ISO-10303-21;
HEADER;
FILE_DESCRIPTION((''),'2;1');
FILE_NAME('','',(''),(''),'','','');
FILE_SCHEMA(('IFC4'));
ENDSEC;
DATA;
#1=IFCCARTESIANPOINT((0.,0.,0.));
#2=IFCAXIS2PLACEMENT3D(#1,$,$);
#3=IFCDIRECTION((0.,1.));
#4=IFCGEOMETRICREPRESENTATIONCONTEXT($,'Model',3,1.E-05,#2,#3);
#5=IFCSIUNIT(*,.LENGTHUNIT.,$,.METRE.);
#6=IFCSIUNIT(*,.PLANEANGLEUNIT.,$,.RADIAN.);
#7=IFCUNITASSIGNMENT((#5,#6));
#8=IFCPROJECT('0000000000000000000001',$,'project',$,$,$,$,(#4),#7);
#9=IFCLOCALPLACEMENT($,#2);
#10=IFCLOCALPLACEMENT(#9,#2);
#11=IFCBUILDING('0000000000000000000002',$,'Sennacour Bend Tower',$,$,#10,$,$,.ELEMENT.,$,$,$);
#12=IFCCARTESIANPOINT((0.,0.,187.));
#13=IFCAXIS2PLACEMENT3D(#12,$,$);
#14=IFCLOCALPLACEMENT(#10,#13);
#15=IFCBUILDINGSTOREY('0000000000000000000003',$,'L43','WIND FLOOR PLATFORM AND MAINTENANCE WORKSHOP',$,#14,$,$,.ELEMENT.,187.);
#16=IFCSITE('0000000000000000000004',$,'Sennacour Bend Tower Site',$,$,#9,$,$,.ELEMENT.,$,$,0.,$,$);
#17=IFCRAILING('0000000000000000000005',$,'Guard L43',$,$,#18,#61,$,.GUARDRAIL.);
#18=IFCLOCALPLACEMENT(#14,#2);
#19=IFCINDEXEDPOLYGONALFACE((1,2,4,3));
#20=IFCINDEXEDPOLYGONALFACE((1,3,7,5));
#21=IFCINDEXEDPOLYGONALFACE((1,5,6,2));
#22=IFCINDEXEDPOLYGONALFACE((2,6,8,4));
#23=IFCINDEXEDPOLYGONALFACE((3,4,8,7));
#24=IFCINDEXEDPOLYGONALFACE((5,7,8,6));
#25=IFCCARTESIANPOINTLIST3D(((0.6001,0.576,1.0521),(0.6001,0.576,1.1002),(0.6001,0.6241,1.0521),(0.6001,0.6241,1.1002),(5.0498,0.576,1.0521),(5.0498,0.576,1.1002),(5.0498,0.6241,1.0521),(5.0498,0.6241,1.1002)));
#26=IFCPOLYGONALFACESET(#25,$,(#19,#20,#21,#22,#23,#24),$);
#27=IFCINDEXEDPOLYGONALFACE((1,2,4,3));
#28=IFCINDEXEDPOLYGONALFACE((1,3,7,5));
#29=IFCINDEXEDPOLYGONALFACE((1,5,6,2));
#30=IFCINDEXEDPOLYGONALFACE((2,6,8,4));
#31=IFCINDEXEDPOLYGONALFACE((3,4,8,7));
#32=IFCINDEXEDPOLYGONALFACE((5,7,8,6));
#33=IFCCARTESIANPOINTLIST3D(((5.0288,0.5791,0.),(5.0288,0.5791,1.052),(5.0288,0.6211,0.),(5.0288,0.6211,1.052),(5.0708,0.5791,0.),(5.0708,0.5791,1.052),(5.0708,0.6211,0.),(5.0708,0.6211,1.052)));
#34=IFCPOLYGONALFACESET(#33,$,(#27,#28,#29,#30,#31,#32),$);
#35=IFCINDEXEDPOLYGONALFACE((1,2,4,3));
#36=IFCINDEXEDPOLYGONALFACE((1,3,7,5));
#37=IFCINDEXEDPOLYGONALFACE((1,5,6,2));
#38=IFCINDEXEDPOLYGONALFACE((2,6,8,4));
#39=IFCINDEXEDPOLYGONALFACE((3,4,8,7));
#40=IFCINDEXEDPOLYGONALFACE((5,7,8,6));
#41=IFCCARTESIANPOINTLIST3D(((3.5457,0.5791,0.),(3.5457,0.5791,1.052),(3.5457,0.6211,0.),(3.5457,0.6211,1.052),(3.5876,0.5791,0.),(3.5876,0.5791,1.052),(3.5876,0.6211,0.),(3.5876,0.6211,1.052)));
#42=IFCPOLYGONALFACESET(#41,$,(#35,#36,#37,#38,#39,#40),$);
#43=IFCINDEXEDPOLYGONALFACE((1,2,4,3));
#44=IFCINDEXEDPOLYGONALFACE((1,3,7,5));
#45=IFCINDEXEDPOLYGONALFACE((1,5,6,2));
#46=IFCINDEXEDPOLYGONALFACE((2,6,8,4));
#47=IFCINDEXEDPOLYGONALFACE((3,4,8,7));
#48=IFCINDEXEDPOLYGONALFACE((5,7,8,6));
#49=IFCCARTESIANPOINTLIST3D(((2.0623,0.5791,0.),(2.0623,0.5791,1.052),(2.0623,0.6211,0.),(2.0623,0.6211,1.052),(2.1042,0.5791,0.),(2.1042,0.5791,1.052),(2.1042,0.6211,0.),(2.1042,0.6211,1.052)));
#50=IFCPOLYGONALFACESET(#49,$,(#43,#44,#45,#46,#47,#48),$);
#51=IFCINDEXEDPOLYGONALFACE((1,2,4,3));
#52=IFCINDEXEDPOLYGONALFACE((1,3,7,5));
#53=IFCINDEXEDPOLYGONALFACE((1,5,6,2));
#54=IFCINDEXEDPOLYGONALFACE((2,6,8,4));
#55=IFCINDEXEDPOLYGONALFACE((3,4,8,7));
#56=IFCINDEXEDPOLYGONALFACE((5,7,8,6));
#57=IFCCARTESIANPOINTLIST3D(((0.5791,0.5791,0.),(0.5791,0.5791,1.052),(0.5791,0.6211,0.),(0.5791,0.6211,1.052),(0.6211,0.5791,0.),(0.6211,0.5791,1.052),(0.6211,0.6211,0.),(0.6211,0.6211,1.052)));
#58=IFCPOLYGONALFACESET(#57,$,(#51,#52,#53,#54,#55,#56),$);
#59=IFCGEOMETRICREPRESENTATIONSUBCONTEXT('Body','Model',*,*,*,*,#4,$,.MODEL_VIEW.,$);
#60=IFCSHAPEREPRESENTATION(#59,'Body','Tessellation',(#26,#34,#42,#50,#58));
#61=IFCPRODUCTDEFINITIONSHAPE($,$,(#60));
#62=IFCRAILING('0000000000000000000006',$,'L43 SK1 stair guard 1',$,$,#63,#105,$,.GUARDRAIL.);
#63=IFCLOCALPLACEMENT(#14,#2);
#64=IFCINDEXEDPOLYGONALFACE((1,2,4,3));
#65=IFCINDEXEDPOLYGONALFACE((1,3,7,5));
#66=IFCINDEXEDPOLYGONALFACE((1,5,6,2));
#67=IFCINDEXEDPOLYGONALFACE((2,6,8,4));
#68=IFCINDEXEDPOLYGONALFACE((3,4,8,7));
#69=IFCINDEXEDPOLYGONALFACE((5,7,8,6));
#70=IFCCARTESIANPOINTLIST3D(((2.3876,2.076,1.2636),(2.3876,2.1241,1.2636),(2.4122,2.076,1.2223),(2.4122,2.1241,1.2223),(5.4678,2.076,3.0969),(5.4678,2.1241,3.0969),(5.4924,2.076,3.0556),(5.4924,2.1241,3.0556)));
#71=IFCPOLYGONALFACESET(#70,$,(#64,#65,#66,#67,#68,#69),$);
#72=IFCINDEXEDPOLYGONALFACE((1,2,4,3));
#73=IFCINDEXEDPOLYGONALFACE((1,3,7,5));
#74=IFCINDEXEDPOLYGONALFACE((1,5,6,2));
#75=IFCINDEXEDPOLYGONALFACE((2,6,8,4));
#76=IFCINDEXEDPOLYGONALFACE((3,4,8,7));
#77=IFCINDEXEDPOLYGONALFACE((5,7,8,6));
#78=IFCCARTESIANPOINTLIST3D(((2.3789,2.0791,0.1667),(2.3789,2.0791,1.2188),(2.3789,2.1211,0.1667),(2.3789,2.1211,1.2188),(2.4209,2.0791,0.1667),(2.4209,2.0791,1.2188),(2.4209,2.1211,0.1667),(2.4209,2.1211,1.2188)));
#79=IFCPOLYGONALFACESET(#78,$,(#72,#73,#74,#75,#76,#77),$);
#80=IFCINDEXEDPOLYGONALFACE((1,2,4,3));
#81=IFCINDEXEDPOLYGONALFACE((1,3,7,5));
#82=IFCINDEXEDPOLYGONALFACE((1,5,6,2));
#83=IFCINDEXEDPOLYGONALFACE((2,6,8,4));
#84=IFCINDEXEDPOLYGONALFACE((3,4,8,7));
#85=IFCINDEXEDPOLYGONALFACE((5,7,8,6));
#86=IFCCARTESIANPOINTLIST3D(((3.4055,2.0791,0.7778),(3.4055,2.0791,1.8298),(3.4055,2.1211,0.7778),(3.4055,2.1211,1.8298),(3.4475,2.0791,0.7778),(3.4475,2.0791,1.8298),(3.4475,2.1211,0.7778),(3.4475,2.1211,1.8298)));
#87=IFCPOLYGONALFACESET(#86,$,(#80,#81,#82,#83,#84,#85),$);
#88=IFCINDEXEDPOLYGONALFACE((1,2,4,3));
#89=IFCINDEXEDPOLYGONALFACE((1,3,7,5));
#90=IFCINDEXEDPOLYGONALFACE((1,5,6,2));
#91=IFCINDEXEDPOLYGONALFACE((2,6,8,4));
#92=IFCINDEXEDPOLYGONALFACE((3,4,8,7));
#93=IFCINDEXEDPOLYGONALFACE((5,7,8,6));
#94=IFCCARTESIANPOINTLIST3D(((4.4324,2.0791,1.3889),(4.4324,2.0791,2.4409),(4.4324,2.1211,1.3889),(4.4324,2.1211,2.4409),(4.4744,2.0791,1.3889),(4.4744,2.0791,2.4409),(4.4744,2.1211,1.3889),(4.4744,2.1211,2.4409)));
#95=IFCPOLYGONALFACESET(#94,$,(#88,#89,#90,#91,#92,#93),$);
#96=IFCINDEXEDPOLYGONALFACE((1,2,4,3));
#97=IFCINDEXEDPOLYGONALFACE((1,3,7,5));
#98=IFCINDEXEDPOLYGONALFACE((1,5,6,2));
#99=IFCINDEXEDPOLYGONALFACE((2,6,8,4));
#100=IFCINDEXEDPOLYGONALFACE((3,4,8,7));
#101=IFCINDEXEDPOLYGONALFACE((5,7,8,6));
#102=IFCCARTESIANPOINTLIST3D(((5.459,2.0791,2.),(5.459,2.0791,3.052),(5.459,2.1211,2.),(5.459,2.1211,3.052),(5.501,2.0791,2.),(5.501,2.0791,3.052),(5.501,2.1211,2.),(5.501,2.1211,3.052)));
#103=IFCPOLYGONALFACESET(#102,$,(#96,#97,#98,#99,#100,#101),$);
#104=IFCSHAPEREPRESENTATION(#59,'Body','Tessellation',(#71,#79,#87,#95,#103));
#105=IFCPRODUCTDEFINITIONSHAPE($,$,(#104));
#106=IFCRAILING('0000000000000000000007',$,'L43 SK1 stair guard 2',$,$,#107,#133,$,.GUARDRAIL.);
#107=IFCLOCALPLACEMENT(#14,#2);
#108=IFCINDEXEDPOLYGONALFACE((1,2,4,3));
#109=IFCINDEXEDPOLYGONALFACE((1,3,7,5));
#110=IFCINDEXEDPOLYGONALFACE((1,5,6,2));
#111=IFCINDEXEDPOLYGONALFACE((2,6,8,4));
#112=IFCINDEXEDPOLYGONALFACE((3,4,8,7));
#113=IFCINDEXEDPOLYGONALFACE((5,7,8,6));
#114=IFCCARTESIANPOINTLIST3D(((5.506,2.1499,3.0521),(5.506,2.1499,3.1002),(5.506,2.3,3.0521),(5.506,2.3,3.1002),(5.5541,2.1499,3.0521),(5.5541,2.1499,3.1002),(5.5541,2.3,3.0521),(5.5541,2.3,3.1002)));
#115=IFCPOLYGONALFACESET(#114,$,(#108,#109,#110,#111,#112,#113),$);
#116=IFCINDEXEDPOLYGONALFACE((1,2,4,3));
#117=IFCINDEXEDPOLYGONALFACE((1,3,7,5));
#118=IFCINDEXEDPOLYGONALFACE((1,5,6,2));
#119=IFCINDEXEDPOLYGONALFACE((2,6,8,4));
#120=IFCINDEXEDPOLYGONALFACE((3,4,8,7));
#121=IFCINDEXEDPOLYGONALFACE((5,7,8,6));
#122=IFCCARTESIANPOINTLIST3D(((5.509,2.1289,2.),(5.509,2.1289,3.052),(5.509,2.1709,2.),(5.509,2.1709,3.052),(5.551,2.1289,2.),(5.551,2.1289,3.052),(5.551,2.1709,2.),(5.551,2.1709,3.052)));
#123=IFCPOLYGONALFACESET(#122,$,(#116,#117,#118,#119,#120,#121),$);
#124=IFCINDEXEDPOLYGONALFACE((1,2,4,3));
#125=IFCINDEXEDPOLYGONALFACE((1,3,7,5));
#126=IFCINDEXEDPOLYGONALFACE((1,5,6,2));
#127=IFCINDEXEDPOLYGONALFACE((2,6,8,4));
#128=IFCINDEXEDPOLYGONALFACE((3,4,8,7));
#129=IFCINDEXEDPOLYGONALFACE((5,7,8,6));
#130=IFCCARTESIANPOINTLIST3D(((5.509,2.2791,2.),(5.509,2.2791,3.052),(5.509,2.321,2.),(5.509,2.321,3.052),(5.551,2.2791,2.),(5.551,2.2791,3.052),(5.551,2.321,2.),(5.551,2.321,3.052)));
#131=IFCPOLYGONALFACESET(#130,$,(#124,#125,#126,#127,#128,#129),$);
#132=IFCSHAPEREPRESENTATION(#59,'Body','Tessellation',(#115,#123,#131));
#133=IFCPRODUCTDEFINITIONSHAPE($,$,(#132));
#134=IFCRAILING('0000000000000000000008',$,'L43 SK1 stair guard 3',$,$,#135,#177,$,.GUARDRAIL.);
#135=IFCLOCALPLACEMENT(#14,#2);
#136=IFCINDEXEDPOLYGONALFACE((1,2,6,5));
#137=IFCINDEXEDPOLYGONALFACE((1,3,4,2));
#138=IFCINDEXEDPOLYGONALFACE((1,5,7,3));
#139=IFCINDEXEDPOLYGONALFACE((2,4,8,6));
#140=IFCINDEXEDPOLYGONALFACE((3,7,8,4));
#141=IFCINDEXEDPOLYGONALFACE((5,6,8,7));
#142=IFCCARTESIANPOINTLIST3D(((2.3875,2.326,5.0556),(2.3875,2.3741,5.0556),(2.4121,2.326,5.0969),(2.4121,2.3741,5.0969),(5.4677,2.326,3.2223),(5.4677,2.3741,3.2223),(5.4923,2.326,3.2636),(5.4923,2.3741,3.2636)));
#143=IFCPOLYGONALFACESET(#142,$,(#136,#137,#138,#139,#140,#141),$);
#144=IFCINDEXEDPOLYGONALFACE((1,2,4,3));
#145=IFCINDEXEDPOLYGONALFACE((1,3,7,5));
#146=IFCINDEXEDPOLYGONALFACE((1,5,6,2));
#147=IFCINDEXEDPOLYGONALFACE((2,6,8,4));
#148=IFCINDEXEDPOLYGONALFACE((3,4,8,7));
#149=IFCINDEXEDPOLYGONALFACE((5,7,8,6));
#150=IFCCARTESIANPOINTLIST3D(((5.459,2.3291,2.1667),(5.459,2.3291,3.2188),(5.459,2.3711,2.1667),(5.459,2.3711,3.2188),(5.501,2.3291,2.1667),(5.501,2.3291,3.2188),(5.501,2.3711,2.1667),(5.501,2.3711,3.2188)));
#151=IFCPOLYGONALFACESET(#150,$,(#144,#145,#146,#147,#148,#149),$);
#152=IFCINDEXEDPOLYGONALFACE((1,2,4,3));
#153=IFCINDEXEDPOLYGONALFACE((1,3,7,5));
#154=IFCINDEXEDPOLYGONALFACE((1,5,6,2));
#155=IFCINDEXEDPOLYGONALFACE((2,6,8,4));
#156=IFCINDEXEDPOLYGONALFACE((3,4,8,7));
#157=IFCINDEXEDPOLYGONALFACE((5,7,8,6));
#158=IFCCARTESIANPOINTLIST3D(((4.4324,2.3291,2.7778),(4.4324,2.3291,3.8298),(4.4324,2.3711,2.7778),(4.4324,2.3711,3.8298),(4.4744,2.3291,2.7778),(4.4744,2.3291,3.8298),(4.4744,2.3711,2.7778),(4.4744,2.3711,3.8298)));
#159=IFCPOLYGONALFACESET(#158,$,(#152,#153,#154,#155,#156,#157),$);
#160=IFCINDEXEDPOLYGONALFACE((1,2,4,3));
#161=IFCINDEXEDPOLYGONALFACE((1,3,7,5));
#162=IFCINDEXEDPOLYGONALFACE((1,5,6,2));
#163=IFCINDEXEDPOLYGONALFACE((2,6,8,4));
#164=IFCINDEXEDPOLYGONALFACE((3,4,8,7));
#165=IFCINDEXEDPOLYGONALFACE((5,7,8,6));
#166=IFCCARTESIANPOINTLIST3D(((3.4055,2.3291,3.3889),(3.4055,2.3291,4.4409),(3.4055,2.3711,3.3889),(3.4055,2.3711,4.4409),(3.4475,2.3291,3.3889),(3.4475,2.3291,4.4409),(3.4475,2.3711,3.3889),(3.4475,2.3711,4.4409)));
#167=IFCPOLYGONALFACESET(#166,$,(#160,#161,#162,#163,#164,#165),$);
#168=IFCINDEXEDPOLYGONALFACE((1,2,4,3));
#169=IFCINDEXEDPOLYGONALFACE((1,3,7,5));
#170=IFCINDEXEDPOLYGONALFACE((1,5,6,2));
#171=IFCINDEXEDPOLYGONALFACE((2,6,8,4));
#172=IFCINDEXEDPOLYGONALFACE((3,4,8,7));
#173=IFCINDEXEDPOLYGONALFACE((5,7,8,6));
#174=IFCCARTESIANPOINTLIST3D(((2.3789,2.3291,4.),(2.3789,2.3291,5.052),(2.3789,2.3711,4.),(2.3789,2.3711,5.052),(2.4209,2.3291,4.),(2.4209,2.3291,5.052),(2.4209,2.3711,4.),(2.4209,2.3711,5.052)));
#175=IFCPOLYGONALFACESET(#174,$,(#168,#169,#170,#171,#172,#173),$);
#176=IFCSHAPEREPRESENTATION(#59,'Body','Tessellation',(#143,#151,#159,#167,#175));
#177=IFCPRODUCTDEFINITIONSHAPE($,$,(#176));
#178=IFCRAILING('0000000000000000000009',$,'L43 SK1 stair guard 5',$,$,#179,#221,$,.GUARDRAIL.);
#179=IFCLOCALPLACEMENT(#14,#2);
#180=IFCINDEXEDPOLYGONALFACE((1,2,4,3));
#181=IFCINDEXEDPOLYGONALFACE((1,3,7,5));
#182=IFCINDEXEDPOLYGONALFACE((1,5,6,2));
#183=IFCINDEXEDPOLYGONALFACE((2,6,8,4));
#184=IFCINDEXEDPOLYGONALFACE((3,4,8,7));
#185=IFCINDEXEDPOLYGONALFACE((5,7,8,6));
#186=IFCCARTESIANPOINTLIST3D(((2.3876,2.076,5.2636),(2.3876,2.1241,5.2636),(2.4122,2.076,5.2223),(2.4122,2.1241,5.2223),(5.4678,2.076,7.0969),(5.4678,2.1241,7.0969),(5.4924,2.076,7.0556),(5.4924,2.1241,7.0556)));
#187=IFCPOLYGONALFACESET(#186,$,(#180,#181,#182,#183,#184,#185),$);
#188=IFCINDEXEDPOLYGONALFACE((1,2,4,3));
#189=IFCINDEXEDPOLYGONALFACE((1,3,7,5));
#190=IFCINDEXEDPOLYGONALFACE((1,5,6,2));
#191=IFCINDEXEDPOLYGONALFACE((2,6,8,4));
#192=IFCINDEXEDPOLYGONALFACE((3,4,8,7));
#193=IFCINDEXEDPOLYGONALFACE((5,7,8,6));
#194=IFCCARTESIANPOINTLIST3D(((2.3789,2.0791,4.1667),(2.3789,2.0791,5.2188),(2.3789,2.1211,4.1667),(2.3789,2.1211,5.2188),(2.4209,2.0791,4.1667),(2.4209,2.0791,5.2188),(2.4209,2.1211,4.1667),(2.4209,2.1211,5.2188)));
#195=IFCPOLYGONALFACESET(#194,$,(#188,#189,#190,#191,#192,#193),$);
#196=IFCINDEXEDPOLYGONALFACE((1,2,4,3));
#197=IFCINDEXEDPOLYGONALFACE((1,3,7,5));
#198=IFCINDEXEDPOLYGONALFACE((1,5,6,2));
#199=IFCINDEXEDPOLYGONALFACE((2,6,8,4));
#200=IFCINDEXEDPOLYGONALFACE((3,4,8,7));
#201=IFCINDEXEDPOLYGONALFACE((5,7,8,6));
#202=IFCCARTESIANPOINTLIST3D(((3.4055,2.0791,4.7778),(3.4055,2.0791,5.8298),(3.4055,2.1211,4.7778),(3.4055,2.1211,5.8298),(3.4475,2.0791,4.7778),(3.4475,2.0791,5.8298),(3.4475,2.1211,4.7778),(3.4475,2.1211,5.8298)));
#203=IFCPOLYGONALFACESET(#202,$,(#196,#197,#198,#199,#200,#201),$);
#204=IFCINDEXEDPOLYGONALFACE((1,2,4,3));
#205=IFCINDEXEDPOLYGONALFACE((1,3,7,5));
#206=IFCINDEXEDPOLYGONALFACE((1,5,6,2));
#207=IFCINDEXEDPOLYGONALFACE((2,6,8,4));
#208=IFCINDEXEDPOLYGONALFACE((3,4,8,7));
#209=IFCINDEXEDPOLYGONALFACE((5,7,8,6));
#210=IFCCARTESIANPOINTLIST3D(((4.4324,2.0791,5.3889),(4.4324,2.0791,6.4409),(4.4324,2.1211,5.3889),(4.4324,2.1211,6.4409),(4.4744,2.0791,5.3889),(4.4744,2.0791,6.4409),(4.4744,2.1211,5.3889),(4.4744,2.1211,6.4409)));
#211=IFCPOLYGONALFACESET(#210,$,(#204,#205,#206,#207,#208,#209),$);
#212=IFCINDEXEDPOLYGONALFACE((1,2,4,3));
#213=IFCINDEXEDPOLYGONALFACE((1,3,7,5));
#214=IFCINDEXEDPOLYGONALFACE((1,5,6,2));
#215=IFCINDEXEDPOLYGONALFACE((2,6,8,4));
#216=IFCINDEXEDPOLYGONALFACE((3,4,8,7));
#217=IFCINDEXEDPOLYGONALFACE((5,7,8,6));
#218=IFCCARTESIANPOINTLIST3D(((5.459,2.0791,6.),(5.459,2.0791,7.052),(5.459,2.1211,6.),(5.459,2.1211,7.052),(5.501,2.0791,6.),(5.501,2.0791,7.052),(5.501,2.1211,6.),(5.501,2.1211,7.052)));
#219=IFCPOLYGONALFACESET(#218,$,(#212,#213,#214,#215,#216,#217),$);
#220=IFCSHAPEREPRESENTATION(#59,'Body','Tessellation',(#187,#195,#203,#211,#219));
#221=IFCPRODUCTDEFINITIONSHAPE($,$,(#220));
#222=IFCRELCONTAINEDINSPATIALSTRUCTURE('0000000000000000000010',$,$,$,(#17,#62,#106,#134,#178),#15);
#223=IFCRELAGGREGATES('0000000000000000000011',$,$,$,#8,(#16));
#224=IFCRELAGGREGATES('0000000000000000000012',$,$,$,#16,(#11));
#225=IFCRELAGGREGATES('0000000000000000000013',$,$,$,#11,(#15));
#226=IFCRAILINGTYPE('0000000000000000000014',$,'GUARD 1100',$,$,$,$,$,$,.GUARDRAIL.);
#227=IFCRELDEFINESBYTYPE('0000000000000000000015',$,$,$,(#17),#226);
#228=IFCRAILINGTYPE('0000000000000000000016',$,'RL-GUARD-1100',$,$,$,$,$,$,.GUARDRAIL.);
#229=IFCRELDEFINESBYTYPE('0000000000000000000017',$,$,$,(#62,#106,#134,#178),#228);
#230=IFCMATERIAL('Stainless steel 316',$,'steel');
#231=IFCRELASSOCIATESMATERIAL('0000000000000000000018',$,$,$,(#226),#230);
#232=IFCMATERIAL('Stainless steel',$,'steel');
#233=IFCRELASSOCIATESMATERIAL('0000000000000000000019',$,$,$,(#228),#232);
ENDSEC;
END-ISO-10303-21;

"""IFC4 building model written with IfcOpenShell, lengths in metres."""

from ifc_helpers import new_model, si_unit, direction, frame, origin, origin_2d, place, context, subcontext, project, spatial, rectangle, extrude, material, type_object, element, save


model = new_model("IFC4")

# Units and contexts
model_context = context("Model", 3, precision=1e-05, world=origin(), true_north=direction((0.0, 1.0)))
body_context = subcontext(model_context, "Body", "Model", "MODEL_VIEW")
ifc_project = project(units=[si_unit("LENGTHUNIT", "METRE"), si_unit("PLANEANGLEUNIT", "RADIAN")], contexts=[model_context])

# Site, building, storey
site_placement = place(None, origin())
site = spatial("IfcSite", under=ifc_project, at=site_placement, Name="Sennacour Bend Tower Site", CompositionType="ELEMENT", RefElevation=0.0)
building_placement = place(site_placement, origin())
building = spatial("IfcBuilding", under=site, at=building_placement, Name="Sennacour Bend Tower", CompositionType="ELEMENT")
storey_placement = place(building_placement, frame((0.0, 0.0, 187.0)))
storey = spatial("IfcBuildingStorey", under=building, at=storey_placement, Name="L43", Description="WIND FLOOR PLATFORM AND MAINTENANCE WORKSHOP", CompositionType="ELEMENT", Elevation=187.0)

# Railings
ifc_material_1 = material(Name="Stainless steel 316", Category="steel")
railing_type_1 = type_object("IfcRailingType", Name="GUARD 1100", PredefinedType="GUARDRAIL", material=ifc_material_1)
railing_1_placement = place(storey_placement, frame((5.0498, 0.6001, 0.0)))
element("IfcRailing", 1, at=railing_1_placement, inside=storey, type_object=railing_type_1, Name="Guard L43", PredefinedType="GUARDRAIL", context=body_context, shape_type="SweptSolid", body=[
    extrude(rectangle(XDim=0.0481, YDim=0.0481, at=origin_2d()), frame((0.0, 0.0, 1.0762), z_axis=(-1.0, 0.0, 0.0), x_axis=(0.0, -1.0, 0.0)), (0.0, 0.0, 1.0), 4.4497),
    extrude(rectangle(XDim=0.042, YDim=0.042, at=origin_2d()), origin(), (0.0, 0.0, 1.0), 1.052),
    extrude(rectangle(XDim=0.042, YDim=0.042, at=origin_2d()), frame((-1.4832, 0.0, 0.0)), (0.0, 0.0, 1.0), 1.052),
    extrude(rectangle(XDim=0.042, YDim=0.042, at=origin_2d()), frame((-2.9666, 0.0, 0.0)), (0.0, 0.0, 1.0), 1.052),
    extrude(rectangle(XDim=0.042, YDim=0.042, at=origin_2d()), frame((-4.4497, 0.0, 0.0)), (0.0, 0.0, 1.0), 1.052),
])
ifc_material_2 = material(Name="Stainless steel", Category="steel")
railing_type_2 = type_object("IfcRailingType", Name="RL-GUARD-1100", PredefinedType="GUARDRAIL", material=ifc_material_2)
railing_2_placement = place(storey_placement, frame((2.3999, 2.1001, 0.1667)))
element("IfcRailing", 2, at=railing_2_placement, inside=storey, type_object=railing_type_2, Name="L43 SK1 stair guard 1", PredefinedType="GUARDRAIL", context=body_context, shape_type="SweptSolid", body=[
    extrude(rectangle(XDim=0.0481, YDim=0.0481, at=origin_2d()), frame((0.0, 0.0, 1.0762), z_axis=(0.859309, 0.0, 0.511458), x_axis=(0.0, 1.0, 0.0)), (0.0, 0.0, 1.0), 3.5845),
    extrude(rectangle(XDim=0.042, YDim=0.042, at=origin_2d()), origin(), (0.0, 0.0, 1.0), 1.052),
    extrude(rectangle(XDim=0.042, YDim=0.042, at=origin_2d()), frame((1.0266, 0.0, 0.6111)), (0.0, 0.0, 1.0), 1.052),
    extrude(rectangle(XDim=0.042, YDim=0.042, at=origin_2d()), frame((2.0535, 0.0, 1.2222)), (0.0, 0.0, 1.0), 1.052),
    extrude(rectangle(XDim=0.042, YDim=0.042, at=origin_2d()), frame((3.0801, 0.0, 1.8333)), (0.0, 0.0, 1.0), 1.052),
])
railing_3_placement = place(storey_placement, frame((5.53, 2.1499, 2.0)))
element("IfcRailing", 3, at=railing_3_placement, inside=storey, type_object=railing_type_2, Name="L43 SK1 stair guard 2", PredefinedType="GUARDRAIL", context=body_context, shape_type="SweptSolid", body=[
    extrude(rectangle(XDim=0.0481, YDim=0.0481, at=origin_2d()), frame((0.0, 0.0, 1.0762), z_axis=(0.0, 1.0, 0.0), x_axis=(-1.0, 0.0, 0.0)), (0.0, 0.0, 1.0), 0.1501),
    extrude(rectangle(XDim=0.042, YDim=0.042, at=origin_2d()), origin(), (0.0, 0.0, 1.0), 1.052),
    extrude(rectangle(XDim=0.042, YDim=0.042, at=origin_2d()), frame((0.0, 0.1501, 0.0)), (0.0, 0.0, 1.0), 1.052),
])
railing_4_placement = place(storey_placement, frame((5.48, 2.3501, 2.1667)))
element("IfcRailing", 4, at=railing_4_placement, inside=storey, type_object=railing_type_2, Name="L43 SK1 stair guard 3", PredefinedType="GUARDRAIL", context=body_context, shape_type="SweptSolid", body=[
    extrude(rectangle(XDim=0.0481, YDim=0.0481, at=origin_2d()), frame((0.0, 0.0, 1.0762), z_axis=(-0.859309, 0.0, 0.511458), x_axis=(0.0, -1.0, 0.0)), (0.0, 0.0, 1.0), 3.5845),
    extrude(rectangle(XDim=0.042, YDim=0.042, at=origin_2d()), origin(), (0.0, 0.0, 1.0), 1.052),
    extrude(rectangle(XDim=0.042, YDim=0.042, at=origin_2d()), frame((-1.0266, 0.0, 0.6111)), (0.0, 0.0, 1.0), 1.052),
    extrude(rectangle(XDim=0.042, YDim=0.042, at=origin_2d()), frame((-2.0535, 0.0, 1.2222)), (0.0, 0.0, 1.0), 1.052),
    extrude(rectangle(XDim=0.042, YDim=0.042, at=origin_2d()), frame((-3.0801, 0.0, 1.8333)), (0.0, 0.0, 1.0), 1.052),
])
railing_5_placement = place(storey_placement, frame((2.3999, 2.1001, 4.1667)))
element("IfcRailing", 5, at=railing_5_placement, inside=storey, type_object=railing_type_2, Name="L43 SK1 stair guard 5", PredefinedType="GUARDRAIL", context=body_context, shape_type="SweptSolid", body=[
    extrude(rectangle(XDim=0.0481, YDim=0.0481, at=origin_2d()), frame((0.0, 0.0, 1.0762), z_axis=(0.859309, 0.0, 0.511458), x_axis=(0.0, 1.0, 0.0)), (0.0, 0.0, 1.0), 3.5845),
    extrude(rectangle(XDim=0.042, YDim=0.042, at=origin_2d()), origin(), (0.0, 0.0, 1.0), 1.052),
    extrude(rectangle(XDim=0.042, YDim=0.042, at=origin_2d()), frame((1.0266, 0.0, 0.6111)), (0.0, 0.0, 1.0), 1.052),
    extrude(rectangle(XDim=0.042, YDim=0.042, at=origin_2d()), frame((2.0535, 0.0, 1.2222)), (0.0, 0.0, 1.0), 1.052),
    extrude(rectangle(XDim=0.042, YDim=0.042, at=origin_2d()), frame((3.0801, 0.0, 1.8333)), (0.0, 0.0, 1.0), 1.052),
])

save(model, "model.ifc")
